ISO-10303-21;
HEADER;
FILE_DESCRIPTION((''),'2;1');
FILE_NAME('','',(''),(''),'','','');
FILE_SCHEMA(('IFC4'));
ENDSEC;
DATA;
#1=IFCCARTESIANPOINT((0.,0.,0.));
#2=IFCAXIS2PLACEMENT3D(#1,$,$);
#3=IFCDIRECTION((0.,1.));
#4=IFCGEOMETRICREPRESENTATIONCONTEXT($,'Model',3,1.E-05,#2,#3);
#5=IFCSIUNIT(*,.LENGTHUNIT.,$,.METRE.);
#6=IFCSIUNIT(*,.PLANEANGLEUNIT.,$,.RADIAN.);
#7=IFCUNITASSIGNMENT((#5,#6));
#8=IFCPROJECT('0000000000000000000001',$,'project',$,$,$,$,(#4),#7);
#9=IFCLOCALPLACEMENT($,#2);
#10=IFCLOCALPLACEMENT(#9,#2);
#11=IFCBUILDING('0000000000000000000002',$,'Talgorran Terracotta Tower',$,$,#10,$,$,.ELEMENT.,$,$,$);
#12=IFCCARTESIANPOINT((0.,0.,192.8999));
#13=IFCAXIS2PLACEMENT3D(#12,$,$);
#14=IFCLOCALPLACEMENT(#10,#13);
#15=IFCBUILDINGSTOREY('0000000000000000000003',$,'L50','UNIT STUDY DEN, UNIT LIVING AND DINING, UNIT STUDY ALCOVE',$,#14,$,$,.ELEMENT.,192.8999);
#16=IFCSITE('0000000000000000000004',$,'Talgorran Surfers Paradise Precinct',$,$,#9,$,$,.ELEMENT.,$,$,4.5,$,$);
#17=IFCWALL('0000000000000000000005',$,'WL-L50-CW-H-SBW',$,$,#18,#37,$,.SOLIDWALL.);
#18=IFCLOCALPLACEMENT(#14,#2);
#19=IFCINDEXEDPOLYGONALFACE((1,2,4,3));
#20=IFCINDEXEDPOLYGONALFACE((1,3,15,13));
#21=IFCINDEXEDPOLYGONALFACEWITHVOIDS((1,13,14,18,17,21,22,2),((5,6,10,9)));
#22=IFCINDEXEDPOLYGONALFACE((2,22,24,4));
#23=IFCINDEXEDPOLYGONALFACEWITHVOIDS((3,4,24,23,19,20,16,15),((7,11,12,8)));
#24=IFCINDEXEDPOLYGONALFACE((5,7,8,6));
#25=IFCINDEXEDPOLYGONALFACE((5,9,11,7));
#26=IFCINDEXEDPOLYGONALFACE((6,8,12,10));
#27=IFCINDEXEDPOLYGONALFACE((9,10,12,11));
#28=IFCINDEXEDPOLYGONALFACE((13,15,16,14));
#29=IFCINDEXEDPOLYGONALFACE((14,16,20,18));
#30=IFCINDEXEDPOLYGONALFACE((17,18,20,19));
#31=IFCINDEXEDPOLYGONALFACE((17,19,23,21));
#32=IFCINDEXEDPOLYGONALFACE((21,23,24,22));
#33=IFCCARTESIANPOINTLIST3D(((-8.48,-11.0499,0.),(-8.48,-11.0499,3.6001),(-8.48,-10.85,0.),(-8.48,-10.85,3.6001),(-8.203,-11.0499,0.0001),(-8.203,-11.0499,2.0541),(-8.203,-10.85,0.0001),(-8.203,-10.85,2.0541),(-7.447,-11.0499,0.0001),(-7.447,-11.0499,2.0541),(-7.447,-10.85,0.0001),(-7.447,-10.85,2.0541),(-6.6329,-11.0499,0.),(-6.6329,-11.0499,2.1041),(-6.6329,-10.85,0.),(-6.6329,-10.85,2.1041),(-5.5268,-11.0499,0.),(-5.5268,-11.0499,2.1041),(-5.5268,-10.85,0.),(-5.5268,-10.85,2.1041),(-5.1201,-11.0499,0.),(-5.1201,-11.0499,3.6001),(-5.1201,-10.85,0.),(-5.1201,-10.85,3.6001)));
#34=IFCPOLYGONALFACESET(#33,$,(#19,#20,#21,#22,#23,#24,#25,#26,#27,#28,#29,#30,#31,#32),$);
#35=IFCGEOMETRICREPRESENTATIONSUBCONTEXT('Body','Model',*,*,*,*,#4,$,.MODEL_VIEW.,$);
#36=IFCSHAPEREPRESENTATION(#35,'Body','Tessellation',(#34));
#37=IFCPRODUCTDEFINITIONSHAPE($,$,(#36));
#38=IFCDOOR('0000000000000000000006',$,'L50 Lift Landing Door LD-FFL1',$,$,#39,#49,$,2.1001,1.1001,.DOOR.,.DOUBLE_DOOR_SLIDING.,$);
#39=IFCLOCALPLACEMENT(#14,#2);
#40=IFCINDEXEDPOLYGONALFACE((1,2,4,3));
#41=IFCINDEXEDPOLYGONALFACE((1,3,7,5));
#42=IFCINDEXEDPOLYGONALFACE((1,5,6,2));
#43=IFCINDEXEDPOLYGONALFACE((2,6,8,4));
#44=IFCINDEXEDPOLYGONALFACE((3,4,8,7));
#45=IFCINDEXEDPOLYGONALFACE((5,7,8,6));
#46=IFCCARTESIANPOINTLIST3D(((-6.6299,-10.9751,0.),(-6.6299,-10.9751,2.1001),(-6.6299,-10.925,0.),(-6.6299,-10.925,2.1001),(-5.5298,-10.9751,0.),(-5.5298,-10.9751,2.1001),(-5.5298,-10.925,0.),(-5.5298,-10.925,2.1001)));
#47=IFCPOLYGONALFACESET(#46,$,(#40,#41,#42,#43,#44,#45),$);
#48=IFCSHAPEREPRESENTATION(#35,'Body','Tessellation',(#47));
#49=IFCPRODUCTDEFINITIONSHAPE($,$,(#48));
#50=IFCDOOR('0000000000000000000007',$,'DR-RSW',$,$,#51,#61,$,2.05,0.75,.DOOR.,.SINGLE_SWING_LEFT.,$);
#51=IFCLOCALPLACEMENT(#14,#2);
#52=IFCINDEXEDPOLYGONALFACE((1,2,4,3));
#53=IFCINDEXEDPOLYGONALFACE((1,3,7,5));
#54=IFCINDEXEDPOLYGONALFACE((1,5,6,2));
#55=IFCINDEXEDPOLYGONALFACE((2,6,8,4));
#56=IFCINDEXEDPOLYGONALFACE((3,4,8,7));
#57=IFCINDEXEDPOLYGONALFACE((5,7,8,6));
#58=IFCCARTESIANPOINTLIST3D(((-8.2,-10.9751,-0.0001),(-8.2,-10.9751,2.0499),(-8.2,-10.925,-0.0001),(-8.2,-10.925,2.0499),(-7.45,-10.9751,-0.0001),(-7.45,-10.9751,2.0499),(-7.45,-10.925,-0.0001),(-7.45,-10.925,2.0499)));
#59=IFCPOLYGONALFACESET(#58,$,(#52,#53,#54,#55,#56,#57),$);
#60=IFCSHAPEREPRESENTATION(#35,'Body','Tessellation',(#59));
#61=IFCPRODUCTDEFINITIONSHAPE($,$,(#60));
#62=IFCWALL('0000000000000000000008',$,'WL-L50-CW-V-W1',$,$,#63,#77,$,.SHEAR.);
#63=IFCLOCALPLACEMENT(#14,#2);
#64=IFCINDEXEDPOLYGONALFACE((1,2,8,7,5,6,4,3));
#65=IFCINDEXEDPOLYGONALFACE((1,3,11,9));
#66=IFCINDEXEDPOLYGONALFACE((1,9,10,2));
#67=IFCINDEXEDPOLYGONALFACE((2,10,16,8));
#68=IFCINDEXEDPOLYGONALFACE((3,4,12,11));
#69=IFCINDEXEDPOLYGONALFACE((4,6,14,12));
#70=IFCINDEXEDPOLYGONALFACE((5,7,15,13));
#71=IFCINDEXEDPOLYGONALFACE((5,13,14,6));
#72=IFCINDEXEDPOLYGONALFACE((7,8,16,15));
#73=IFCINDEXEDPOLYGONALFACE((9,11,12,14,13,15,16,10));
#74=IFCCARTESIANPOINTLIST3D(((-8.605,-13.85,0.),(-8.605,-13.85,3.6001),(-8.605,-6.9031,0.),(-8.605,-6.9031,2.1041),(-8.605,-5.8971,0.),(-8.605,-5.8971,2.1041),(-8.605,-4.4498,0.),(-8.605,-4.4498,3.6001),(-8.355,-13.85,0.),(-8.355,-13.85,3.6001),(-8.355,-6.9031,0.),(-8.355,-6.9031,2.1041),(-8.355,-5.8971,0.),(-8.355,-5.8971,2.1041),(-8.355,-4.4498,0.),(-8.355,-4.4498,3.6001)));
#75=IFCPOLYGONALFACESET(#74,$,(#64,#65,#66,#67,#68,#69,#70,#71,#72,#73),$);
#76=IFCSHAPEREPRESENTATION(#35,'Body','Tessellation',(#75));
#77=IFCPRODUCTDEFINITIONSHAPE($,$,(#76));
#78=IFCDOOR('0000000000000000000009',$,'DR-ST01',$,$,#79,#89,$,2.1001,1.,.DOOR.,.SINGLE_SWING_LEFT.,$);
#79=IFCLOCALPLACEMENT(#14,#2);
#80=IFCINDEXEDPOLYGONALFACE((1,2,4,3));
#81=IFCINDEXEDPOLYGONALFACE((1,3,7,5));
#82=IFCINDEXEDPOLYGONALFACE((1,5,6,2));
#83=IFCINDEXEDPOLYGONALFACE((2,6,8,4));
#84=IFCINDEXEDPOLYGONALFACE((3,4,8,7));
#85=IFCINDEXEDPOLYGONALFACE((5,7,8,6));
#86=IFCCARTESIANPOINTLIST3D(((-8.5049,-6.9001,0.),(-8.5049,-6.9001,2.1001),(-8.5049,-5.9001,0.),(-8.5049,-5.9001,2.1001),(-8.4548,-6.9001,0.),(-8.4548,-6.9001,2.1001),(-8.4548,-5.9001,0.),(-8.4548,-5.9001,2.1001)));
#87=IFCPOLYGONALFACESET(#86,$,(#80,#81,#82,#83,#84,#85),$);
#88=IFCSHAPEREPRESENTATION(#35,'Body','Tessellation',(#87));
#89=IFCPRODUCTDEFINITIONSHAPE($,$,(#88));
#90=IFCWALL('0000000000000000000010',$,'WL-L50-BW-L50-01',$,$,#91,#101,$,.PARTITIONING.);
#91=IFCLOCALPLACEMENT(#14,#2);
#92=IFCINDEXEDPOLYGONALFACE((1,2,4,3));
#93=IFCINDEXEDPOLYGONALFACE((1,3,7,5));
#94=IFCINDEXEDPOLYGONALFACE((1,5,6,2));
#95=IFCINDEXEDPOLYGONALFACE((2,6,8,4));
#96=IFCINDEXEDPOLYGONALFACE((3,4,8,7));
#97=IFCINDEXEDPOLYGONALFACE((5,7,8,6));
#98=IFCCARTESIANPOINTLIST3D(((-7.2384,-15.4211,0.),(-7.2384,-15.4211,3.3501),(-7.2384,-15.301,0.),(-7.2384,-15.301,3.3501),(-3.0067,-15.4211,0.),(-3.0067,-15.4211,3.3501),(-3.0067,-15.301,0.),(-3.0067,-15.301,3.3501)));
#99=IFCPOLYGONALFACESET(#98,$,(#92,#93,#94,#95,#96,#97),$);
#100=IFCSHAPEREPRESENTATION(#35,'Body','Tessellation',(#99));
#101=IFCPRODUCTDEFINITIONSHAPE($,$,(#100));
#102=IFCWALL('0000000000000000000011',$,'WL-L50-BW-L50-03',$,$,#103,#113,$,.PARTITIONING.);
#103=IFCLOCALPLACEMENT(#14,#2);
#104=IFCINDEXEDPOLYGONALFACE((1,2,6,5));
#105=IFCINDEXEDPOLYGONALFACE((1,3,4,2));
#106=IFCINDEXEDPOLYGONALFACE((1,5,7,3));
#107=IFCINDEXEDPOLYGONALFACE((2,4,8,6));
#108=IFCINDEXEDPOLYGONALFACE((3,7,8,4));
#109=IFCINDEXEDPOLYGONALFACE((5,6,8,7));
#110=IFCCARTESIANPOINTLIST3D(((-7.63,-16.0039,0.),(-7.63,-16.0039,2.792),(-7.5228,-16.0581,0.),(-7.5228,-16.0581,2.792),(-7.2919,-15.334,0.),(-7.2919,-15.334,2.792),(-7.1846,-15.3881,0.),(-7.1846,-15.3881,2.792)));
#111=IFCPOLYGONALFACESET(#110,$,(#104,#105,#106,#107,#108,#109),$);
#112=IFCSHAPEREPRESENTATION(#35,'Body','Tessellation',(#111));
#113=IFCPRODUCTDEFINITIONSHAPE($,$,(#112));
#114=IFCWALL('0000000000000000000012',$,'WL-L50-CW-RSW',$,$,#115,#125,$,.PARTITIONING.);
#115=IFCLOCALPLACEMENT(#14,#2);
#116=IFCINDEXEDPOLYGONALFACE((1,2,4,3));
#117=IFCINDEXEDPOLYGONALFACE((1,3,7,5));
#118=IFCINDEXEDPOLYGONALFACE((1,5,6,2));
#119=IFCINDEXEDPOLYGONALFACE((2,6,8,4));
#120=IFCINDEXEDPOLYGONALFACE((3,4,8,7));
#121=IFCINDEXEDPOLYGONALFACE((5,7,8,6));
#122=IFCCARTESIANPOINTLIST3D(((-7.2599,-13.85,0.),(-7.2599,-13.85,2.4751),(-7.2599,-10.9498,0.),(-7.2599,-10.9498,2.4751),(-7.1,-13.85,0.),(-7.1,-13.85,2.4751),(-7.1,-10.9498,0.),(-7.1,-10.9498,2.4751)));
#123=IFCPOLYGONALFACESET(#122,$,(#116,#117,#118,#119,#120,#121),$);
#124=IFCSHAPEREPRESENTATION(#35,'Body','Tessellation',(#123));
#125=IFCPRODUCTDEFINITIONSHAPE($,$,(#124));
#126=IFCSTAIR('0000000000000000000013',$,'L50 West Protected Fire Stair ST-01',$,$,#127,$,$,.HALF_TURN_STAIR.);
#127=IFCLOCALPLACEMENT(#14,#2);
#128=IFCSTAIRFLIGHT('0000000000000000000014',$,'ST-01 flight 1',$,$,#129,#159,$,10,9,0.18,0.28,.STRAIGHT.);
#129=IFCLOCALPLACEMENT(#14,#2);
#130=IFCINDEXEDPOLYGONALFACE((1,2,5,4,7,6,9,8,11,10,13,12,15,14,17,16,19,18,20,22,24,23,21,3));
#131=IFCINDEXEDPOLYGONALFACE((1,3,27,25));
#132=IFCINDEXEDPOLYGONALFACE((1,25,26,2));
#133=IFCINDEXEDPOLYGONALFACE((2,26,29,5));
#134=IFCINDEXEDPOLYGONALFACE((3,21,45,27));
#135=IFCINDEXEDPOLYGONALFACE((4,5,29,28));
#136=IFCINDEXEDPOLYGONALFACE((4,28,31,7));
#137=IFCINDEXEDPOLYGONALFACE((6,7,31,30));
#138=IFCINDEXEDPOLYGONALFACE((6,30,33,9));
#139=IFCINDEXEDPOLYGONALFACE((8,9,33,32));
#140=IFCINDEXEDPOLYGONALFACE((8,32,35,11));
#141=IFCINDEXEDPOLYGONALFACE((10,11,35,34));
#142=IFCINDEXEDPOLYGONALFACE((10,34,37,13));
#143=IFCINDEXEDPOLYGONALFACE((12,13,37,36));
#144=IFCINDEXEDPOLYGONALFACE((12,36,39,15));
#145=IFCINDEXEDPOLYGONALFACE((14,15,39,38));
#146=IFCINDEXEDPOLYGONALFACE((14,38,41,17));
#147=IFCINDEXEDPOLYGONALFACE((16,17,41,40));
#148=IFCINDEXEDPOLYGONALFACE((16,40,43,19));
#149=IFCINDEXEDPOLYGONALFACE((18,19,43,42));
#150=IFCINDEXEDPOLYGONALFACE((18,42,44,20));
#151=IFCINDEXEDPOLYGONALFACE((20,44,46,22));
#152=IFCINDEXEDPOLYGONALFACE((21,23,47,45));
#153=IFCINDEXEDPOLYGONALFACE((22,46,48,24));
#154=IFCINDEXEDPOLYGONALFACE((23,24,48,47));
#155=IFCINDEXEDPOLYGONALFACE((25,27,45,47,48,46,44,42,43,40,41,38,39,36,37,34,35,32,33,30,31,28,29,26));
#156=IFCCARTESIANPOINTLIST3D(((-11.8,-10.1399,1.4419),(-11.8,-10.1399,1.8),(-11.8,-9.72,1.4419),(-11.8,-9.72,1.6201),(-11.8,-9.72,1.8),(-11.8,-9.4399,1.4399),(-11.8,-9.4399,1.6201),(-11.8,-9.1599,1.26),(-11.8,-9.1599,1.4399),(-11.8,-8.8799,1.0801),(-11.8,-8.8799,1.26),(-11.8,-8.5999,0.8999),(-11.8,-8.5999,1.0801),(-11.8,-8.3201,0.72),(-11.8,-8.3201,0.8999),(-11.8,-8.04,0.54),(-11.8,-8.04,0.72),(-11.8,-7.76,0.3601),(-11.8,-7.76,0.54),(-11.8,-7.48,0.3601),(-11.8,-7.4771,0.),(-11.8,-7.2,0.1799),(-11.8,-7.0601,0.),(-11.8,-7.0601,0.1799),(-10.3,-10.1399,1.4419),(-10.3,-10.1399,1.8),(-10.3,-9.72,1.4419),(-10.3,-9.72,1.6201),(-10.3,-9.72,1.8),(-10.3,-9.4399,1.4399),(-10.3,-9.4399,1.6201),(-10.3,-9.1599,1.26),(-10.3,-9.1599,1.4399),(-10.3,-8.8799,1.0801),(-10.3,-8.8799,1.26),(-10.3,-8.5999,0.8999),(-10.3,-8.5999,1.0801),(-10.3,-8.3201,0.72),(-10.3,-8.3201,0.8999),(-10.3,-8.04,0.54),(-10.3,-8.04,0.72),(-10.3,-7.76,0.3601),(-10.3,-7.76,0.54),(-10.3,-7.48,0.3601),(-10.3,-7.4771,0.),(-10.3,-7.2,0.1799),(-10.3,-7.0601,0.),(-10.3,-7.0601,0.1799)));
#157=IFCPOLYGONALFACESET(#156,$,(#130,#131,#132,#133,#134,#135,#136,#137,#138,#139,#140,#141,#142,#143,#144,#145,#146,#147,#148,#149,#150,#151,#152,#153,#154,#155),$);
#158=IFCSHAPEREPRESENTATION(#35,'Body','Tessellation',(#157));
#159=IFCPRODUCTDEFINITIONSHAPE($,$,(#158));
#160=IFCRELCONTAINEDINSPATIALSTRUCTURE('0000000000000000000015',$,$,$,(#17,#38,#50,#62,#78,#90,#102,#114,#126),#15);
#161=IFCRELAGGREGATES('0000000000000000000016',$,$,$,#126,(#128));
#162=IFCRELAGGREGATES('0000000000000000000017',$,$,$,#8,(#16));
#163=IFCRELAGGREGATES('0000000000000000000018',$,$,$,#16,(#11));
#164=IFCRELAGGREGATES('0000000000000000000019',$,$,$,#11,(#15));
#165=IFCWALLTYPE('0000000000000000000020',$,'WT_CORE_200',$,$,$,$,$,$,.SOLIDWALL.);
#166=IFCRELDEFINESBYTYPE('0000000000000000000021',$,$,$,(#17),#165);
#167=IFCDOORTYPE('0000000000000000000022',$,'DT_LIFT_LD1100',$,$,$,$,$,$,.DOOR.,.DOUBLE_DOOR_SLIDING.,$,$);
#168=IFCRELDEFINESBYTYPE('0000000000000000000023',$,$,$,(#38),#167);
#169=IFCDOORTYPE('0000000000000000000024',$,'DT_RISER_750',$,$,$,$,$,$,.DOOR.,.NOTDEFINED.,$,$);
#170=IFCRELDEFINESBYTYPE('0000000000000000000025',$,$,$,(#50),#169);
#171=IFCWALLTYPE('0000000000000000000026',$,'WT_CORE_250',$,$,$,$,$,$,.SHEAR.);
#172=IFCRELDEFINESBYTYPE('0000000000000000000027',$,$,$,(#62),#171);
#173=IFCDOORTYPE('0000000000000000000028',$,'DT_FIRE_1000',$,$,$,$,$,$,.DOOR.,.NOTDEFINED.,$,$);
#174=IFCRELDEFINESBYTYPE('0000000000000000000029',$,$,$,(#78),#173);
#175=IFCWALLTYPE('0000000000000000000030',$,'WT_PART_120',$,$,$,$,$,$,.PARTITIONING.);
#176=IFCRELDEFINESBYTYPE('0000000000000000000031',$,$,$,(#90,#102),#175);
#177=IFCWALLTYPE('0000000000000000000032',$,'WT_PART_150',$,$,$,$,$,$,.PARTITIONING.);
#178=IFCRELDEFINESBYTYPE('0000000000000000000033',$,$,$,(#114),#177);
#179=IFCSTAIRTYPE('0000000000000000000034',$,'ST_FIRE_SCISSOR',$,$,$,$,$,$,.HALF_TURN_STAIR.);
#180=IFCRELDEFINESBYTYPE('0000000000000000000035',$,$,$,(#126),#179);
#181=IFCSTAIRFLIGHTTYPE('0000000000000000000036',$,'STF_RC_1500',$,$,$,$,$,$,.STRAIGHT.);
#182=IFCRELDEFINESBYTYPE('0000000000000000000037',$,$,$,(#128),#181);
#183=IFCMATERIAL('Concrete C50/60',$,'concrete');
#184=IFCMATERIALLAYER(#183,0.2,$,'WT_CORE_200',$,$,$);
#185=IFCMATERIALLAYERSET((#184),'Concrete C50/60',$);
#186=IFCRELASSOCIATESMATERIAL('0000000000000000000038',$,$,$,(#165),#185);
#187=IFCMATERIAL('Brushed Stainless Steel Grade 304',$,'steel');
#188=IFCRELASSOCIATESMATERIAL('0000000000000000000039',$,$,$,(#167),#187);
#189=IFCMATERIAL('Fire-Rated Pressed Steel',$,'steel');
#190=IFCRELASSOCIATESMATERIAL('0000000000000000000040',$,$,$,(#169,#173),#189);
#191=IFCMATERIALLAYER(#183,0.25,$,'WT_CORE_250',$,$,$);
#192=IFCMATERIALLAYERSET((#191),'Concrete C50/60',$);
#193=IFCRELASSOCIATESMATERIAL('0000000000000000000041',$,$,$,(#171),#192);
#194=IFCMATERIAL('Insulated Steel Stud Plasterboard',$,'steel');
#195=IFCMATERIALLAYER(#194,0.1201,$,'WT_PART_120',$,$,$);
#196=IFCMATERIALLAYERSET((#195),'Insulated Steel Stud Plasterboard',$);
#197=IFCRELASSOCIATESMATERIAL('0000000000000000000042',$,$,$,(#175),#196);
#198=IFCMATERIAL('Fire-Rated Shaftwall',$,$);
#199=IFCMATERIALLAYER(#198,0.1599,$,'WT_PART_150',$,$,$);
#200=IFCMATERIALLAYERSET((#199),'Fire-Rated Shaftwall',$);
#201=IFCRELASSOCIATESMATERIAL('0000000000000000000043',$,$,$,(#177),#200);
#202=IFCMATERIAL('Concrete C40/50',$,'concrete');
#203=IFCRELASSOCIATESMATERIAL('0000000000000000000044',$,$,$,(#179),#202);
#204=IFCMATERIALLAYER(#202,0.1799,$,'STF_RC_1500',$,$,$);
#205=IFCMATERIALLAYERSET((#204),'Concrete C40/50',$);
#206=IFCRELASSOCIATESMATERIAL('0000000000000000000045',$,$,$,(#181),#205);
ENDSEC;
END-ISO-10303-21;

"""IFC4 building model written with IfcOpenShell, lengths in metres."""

from ifc_helpers import new_model, si_unit, direction, frame, frame_2d, origin, place, context, subcontext, project, spatial, polyline, rectangle, outline, extrude, material, layer, layer_set, type_object, element, fill, aggregate, save


model = new_model("IFC4")

# Units and contexts
model_context = context("Model", 3, precision=1e-05, world=origin(), true_north=direction((0.0, 1.0)))
body_context = subcontext(model_context, "Body", "Model", "MODEL_VIEW")
ifc_project = project(units=[si_unit("LENGTHUNIT", "METRE"), si_unit("PLANEANGLEUNIT", "RADIAN")], contexts=[model_context])

# Site, building, storey
site_placement = place(None, origin())
site = spatial("IfcSite", under=ifc_project, at=site_placement, Name="Talgorran Surfers Paradise Precinct", CompositionType="ELEMENT", RefElevation=4.5)
building_placement = place(site_placement, origin())
building = spatial("IfcBuilding", under=site, at=building_placement, Name="Talgorran Terracotta Tower", CompositionType="ELEMENT")
storey_placement = place(building_placement, frame((0.0, 0.0, 192.8999)))
storey = spatial("IfcBuildingStorey", under=building, at=storey_placement, Name="L50", Description="UNIT STUDY DEN, UNIT LIVING AND DINING, UNIT STUDY ALCOVE", CompositionType="ELEMENT", Elevation=192.8999)

# Shared definitions
ifc_material_1 = material(Name="Concrete C50/60", Category="concrete")

# Shared definitions
ifc_layer_1 = layer(ifc_material_1, 0.2, Name="WT_CORE_200")
ifc_layer_set_1 = layer_set([ifc_layer_1], Name="Concrete C50/60")
wall_type_1 = type_object("IfcWallType", Name="WT_CORE_200", PredefinedType="SOLIDWALL", material=ifc_layer_set_1)

# Wall, openings, doors
wall_1_placement = place(storey_placement, frame((-8.48, -10.95, 0.0), z_axis=(0.0, 0.0, 1.0), x_axis=(1.0, 0.0, 0.0)))
wall_1 = element("IfcWall", 1, at=wall_1_placement, inside=storey, type_object=wall_type_1, Name="WL-L50-CW-H-SBW", PredefinedType="SOLIDWALL", context=body_context, shape_type="SweptSolid", body=[
    extrude(rectangle(XDim=3.3599, YDim=0.2, at=frame_2d((1.6799, 0.0))), origin(), (0.0, 0.0, 1.0), 3.6001),
])
opening_1_placement = place(wall_1_placement, frame((0.28, 0.0, 0.0)))
opening_1 = element("IfcOpeningElement", 2, at=opening_1_placement, cuts=wall_1, PredefinedType="OPENING", context=body_context, shape_type="SweptSolid", body=[
    extrude(rectangle(XDim=0.756, YDim=2.054, at=frame_2d((0.375, 1.0271))), frame((0.0, 0.1099, 0.0), z_axis=(0.0, -1.0, 0.0), x_axis=(1.0, 0.0, 0.0)), (0.0, 0.0, 1.0), 0.22),
])
opening_2_placement = place(wall_1_placement, frame((1.8501, 0.0, 0.0)))
opening_2 = element("IfcOpeningElement", 3, at=opening_2_placement, cuts=wall_1, PredefinedType="OPENING", context=body_context, shape_type="SweptSolid", body=[
    extrude(rectangle(XDim=1.1061, YDim=2.1041, at=frame_2d((0.55, 1.052))), frame((0.0, 0.1099, 0.0), z_axis=(0.0, -1.0, 0.0), x_axis=(1.0, 0.0, 0.0)), (0.0, 0.0, 1.0), 0.22),
])
ifc_material_2 = material(Name="Brushed Stainless Steel Grade 304", Category="steel")
door_type_1 = type_object("IfcDoorType", Name="DT_LIFT_LD1100", OperationType="DOUBLE_DOOR_SLIDING", PredefinedType="DOOR", material=ifc_material_2)
door_1_placement = place(opening_2_placement, origin())
door_1 = element("IfcDoor", 4, at=door_1_placement, inside=storey, type_object=door_type_1, Name="L50 Lift Landing Door LD-FFL1", OperationType="DOUBLE_DOOR_SLIDING", OverallHeight=2.1001, OverallWidth=1.1001, PredefinedType="DOOR", context=body_context, shape_type="SweptSolid", body=[
    extrude(rectangle(XDim=1.1001, YDim=2.1001, at=frame_2d((0.55, 1.05))), frame((0.0, 0.0249, 0.0), z_axis=(0.0, -1.0, 0.0), x_axis=(1.0, 0.0, 0.0)), (0.0, 0.0, 1.0), 0.05),
])
fill(opening_2, door_1)
ifc_material_3 = material(Name="Fire-Rated Pressed Steel", Category="steel")
door_type_2 = type_object("IfcDoorType", Name="DT_RISER_750", OperationType="NOTDEFINED", PredefinedType="DOOR", material=ifc_material_3)
door_2_placement = place(opening_1_placement, origin())
door_2 = element("IfcDoor", 5, at=door_2_placement, inside=storey, type_object=door_type_2, Name="DR-RSW", OperationType="SINGLE_SWING_LEFT", OverallHeight=2.05, OverallWidth=0.75, PredefinedType="DOOR", context=body_context, shape_type="SweptSolid", body=[
    extrude(rectangle(XDim=0.75, YDim=2.05, at=frame_2d((0.375, 1.0249))), frame((0.0, 0.0249, 0.0), z_axis=(0.0, -1.0, 0.0), x_axis=(1.0, 0.0, 0.0)), (0.0, 0.0, 1.0), 0.05),
])
fill(opening_1, door_2)

# Wall, opening, door
ifc_layer_2 = layer(ifc_material_1, 0.25, Name="WT_CORE_250")
ifc_layer_set_2 = layer_set([ifc_layer_2], Name="Concrete C50/60")
wall_type_2 = type_object("IfcWallType", Name="WT_CORE_250", PredefinedType="SHEAR", material=ifc_layer_set_2)
wall_2_placement = place(storey_placement, frame((-8.48, -13.8501, 0.0), z_axis=(0.0, 0.0, 1.0), x_axis=(0.0, 1.0, 0.0)))
wall_2 = element("IfcWall", 6, at=wall_2_placement, inside=storey, type_object=wall_type_2, Name="WL-L50-CW-V-W1", PredefinedType="SHEAR", context=body_context, shape_type="SweptSolid", body=[
    extrude(rectangle(XDim=9.4001, YDim=0.25, at=frame_2d((4.7002, 0.0))), origin(), (0.0, 0.0, 1.0), 3.6001),
])
opening_3_placement = place(wall_2_placement, frame((6.95, 0.0, 0.0)))
opening_3 = element("IfcOpeningElement", 7, at=opening_3_placement, cuts=wall_2, PredefinedType="OPENING", context=body_context, shape_type="SweptSolid", body=[
    extrude(rectangle(XDim=1.006, YDim=2.1041, at=frame_2d((0.5, 1.052))), frame((0.0, 0.135, 0.0), z_axis=(0.0, -1.0, 0.0), x_axis=(1.0, 0.0, 0.0)), (0.0, 0.0, 1.0), 0.27),
])
door_type_3 = type_object("IfcDoorType", Name="DT_FIRE_1000", OperationType="NOTDEFINED", PredefinedType="DOOR", material=ifc_material_3)
door_3_placement = place(opening_3_placement, origin())
door_3 = element("IfcDoor", 8, at=door_3_placement, inside=storey, type_object=door_type_3, Name="DR-ST01", OperationType="SINGLE_SWING_LEFT", OverallHeight=2.1001, OverallWidth=1.0, PredefinedType="DOOR", context=body_context, shape_type="SweptSolid", body=[
    extrude(rectangle(XDim=1.0, YDim=2.1001, at=frame_2d((0.5, 1.05))), frame((0.0, 0.0249, 0.0), z_axis=(0.0, -1.0, 0.0), x_axis=(1.0, 0.0, 0.0)), (0.0, 0.0, 1.0), 0.05),
])
fill(opening_3, door_3)

# Walls
ifc_material_4 = material(Name="Insulated Steel Stud Plasterboard", Category="steel")
ifc_layer_3 = layer(ifc_material_4, 0.1201, Name="WT_PART_120")
ifc_layer_set_3 = layer_set([ifc_layer_3], Name="Insulated Steel Stud Plasterboard")
wall_type_3 = type_object("IfcWallType", Name="WT_PART_120", PredefinedType="PARTITIONING", material=ifc_layer_set_3)
wall_3_placement = place(storey_placement, frame((-7.2383, -15.3611, 0.0), z_axis=(0.0, 0.0, 1.0), x_axis=(1.0, 0.0, 0.0)))
element("IfcWall", 9, at=wall_3_placement, inside=storey, type_object=wall_type_3, Name="WL-L50-BW-L50-01", PredefinedType="PARTITIONING", context=body_context, shape_type="SweptSolid", body=[
    extrude(rectangle(XDim=4.2317, YDim=0.1201, at=frame_2d((2.1157, 0.0))), origin(), (0.0, 0.0, 1.0), 3.3501),
])
wall_4_placement = place(storey_placement, frame((-7.5764, -16.031, 0.0), z_axis=(0.0, 0.0, 1.0), x_axis=(0.450594, 0.892729, 0.0)))
element("IfcWall", 10, at=wall_4_placement, inside=storey, type_object=wall_type_3, Name="WL-L50-BW-L50-03", PredefinedType="PARTITIONING", context=body_context, shape_type="SweptSolid", body=[
    extrude(rectangle(XDim=0.7505, YDim=0.1201, at=frame_2d((0.3752, 0.0))), origin(), (0.0, 0.0, 1.0), 2.792),
])
ifc_material_5 = material(Name="Fire-Rated Shaftwall")
ifc_layer_4 = layer(ifc_material_5, 0.1599, Name="WT_PART_150")
ifc_layer_set_4 = layer_set([ifc_layer_4], Name="Fire-Rated Shaftwall")
wall_type_4 = type_object("IfcWallType", Name="WT_PART_150", PredefinedType="PARTITIONING", material=ifc_layer_set_4)
wall_5_placement = place(storey_placement, frame((-7.1799, -13.8501, 0.0), z_axis=(0.0, 0.0, 1.0), x_axis=(0.0, 1.0, 0.0)))
element("IfcWall", 11, at=wall_5_placement, inside=storey, type_object=wall_type_4, Name="WL-L50-CW-RSW", PredefinedType="PARTITIONING", context=body_context, shape_type="SweptSolid", body=[
    extrude(rectangle(XDim=2.9001, YDim=0.1599, at=frame_2d((1.4502, 0.0))), origin(), (0.0, 0.0, 1.0), 2.4751),
])

# Stair, stair flight
ifc_material_6 = material(Name="Concrete C40/50", Category="concrete")
stair_type = type_object("IfcStairType", Name="ST_FIRE_SCISSOR", PredefinedType="HALF_TURN_STAIR", material=ifc_material_6)
stair_placement = place(storey_placement, origin())
stair = element("IfcStair", 12, at=stair_placement, inside=storey, type_object=stair_type, Name="L50 West Protected Fire Stair ST-01", PredefinedType="HALF_TURN_STAIR")
ifc_layer_5 = layer(ifc_material_6, 0.1799, Name="STF_RC_1500")
ifc_layer_set_5 = layer_set([ifc_layer_5], Name="Concrete C40/50")
stair_flight_type = type_object("IfcStairFlightType", Name="STF_RC_1500", PredefinedType="STRAIGHT", material=ifc_layer_set_5)
stair_flight_1_placement = place(storey_placement, frame((-11.05, -7.2, 0.0), z_axis=(0.0, 0.0, 1.0), x_axis=(0.0, -1.0, 0.0)))
stair_flight_1 = element("IfcStairFlight", 13, at=stair_flight_1_placement, type_object=stair_flight_type, Name="ST-01 flight 1", NumberOfRisers=10, NumberOfTreads=9, PredefinedType="STRAIGHT", RiserHeight=0.18, TreadLength=0.28, context=body_context, shape_type="SweptSolid", body=[
    extrude(outline(polyline([(-0.1399, 0.0), (-0.1399, 0.1799), (0.0, 0.1799), (0.28, 0.3601), (0.5601, 0.3601), (0.5601, 0.54), (0.8401, 0.54), (0.8401, 0.72), (1.1201, 0.72), (1.1201, 0.8999), (1.3999, 0.8999), (1.3999, 1.0801), (1.6799, 1.0801), (1.6799, 1.26), (1.96, 1.26), (1.96, 1.4399), (2.24, 1.4399), (2.24, 1.6201), (2.52, 1.6201), (2.52, 1.8), (2.9399, 1.8), (2.9399, 1.4419), (2.52, 1.4419), (0.2771, 0.0), (-0.1399, 0.0)])), frame((0.0, 0.75, 0.0), z_axis=(0.0, -1.0, 0.0), x_axis=(1.0, 0.0, 0.0)), (0.0, 0.0, 1.0), 1.5),
])
aggregate(stair, [stair_flight_1])

save(model, "model.ifc")
